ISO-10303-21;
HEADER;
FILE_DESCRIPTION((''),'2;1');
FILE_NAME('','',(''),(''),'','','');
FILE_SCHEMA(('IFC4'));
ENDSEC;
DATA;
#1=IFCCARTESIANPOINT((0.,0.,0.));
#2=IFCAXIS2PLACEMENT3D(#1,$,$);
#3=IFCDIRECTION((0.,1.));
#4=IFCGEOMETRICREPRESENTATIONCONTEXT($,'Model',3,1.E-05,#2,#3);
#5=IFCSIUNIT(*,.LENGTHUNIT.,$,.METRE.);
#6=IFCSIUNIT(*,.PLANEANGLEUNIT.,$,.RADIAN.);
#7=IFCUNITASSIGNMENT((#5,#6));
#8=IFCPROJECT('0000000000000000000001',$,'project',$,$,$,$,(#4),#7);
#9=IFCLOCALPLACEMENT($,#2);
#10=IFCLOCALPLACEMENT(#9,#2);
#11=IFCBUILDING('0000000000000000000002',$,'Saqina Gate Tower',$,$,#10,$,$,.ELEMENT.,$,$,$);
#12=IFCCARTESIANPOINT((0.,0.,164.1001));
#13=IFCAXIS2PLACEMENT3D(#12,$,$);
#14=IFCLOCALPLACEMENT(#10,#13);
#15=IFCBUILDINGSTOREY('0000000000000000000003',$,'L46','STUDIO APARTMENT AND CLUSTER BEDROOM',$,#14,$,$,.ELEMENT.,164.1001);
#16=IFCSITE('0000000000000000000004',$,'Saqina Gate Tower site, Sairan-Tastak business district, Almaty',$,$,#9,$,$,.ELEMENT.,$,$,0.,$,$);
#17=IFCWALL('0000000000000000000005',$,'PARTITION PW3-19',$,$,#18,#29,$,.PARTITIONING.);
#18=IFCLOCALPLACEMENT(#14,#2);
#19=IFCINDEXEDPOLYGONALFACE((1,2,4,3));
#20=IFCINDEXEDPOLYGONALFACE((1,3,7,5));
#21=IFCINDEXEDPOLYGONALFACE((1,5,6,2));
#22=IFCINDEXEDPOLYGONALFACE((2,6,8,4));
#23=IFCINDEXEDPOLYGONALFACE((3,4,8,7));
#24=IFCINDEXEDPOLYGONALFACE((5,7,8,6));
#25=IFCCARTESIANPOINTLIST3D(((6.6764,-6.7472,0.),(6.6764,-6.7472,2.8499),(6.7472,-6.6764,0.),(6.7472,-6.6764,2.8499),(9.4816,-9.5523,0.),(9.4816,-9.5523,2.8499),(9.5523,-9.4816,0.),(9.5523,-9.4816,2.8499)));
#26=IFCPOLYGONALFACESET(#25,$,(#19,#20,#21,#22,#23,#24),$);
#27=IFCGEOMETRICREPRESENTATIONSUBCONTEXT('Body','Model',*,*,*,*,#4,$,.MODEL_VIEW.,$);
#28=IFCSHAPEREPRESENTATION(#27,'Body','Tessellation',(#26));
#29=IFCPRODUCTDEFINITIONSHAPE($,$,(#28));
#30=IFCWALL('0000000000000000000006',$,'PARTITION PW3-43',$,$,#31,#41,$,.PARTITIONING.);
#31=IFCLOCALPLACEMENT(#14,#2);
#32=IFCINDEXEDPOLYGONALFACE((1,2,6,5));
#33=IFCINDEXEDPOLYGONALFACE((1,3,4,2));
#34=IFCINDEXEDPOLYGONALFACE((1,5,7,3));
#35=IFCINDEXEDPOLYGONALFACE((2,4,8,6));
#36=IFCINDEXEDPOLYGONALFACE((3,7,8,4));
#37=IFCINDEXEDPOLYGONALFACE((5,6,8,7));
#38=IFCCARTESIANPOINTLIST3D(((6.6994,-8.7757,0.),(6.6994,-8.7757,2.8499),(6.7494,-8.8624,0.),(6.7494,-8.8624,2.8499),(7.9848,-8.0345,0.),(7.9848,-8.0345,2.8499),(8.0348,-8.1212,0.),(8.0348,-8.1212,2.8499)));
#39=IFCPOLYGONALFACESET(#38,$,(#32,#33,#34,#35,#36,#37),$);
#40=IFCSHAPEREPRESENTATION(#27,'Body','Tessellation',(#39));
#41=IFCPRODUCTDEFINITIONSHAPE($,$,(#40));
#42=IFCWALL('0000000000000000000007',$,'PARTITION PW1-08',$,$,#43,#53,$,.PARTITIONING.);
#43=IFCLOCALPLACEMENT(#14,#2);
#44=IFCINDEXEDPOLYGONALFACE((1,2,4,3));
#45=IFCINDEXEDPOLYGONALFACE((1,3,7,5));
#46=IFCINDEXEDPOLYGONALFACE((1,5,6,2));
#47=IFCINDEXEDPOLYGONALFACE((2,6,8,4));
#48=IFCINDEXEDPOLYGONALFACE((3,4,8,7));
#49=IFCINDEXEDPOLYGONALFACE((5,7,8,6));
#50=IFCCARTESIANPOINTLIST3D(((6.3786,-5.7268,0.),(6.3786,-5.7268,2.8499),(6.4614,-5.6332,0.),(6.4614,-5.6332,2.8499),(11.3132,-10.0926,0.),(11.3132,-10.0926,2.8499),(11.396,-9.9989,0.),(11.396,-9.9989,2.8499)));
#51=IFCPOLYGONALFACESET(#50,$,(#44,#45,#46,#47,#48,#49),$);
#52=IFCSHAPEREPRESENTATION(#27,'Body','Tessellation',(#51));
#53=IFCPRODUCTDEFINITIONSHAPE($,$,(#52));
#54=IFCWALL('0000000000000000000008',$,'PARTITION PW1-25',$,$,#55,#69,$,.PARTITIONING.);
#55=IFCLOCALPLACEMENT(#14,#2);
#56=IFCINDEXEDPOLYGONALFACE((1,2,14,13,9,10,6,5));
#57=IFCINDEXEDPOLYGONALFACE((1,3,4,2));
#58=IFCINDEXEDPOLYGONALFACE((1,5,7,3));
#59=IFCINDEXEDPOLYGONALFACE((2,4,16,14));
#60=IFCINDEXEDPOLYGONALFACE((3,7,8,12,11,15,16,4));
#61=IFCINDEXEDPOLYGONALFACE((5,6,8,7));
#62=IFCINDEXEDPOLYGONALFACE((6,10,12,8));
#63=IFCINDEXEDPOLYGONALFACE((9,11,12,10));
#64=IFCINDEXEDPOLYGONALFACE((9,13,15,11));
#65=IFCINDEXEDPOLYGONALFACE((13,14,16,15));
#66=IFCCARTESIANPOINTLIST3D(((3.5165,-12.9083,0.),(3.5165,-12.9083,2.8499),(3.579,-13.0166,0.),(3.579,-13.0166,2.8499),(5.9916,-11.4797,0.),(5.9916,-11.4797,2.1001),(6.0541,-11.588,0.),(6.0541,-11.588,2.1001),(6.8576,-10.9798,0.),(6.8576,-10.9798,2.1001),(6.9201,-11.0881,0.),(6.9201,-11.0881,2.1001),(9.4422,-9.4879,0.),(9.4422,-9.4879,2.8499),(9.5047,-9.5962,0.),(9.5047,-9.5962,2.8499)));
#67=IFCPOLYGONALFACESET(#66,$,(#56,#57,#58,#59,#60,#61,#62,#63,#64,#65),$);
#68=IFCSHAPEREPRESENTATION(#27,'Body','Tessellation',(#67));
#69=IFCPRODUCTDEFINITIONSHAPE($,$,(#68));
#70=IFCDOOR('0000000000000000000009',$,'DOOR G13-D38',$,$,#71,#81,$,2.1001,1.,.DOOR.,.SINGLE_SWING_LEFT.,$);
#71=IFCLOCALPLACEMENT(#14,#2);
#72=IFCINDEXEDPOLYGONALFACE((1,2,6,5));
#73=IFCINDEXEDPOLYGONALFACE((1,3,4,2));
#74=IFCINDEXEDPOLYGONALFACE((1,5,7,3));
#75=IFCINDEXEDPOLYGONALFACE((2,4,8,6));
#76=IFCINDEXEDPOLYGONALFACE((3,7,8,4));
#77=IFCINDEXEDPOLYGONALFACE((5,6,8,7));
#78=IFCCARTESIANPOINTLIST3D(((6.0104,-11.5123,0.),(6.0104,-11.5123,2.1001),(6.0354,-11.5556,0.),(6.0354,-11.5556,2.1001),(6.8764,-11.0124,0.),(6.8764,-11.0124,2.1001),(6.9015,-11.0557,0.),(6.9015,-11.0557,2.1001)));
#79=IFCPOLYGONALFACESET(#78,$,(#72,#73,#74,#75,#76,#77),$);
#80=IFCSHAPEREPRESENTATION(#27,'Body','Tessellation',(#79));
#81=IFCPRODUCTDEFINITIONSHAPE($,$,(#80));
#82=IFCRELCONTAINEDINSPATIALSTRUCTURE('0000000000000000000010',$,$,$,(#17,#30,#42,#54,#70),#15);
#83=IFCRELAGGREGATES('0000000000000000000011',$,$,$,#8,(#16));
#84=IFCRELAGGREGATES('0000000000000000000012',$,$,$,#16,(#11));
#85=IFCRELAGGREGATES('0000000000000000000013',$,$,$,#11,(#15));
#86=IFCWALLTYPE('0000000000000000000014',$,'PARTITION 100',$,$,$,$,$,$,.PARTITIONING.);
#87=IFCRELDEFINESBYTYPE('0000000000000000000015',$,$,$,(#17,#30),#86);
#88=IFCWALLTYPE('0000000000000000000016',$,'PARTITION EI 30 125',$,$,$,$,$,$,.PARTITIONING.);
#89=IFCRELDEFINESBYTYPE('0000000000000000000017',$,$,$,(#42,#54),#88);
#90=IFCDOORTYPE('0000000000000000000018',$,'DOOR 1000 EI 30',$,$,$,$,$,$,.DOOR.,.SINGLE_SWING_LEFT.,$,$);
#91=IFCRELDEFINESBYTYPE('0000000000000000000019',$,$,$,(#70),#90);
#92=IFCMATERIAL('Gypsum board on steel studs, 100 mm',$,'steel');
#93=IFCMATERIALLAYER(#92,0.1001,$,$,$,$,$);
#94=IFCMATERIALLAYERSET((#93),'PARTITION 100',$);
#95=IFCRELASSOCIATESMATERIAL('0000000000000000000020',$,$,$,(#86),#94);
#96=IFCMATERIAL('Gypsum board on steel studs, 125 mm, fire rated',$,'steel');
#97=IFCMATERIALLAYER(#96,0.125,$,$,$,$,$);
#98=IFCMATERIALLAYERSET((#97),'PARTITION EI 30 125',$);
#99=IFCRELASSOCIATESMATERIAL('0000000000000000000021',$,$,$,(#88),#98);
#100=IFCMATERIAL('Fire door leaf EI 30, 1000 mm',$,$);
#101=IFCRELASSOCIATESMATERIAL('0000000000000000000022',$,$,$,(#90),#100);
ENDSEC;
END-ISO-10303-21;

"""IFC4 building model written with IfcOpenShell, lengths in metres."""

from ifc_helpers import new_model, si_unit, direction, frame, frame_2d, origin, place, context, subcontext, project, spatial, rectangle, extrude, material, layer, layer_set, type_object, element, fill, save


model = new_model("IFC4")

# Units and contexts
model_context = context("Model", 3, precision=1e-05, world=origin(), true_north=direction((0.0, 1.0)))
body_context = subcontext(model_context, "Body", "Model", "MODEL_VIEW")
ifc_project = project(units=[si_unit("LENGTHUNIT", "METRE"), si_unit("PLANEANGLEUNIT", "RADIAN")], contexts=[model_context])

# Site, building, storey
site_placement = place(None, origin())
site = spatial("IfcSite", under=ifc_project, at=site_placement, Name="Saqina Gate Tower site, Sairan-Tastak business district, Almaty", CompositionType="ELEMENT", RefElevation=0.0)
building_placement = place(site_placement, origin())
building = spatial("IfcBuilding", under=site, at=building_placement, Name="Saqina Gate Tower", CompositionType="ELEMENT")
storey_placement = place(building_placement, frame((0.0, 0.0, 164.1001)))
storey = spatial("IfcBuildingStorey", under=building, at=storey_placement, Name="L46", Description="STUDIO APARTMENT AND CLUSTER BEDROOM", CompositionType="ELEMENT", Elevation=164.1001)

# Shared definitions
ifc_material_1 = material(Name="Gypsum board on steel studs, 100 mm", Category="steel")
ifc_layer_1 = layer(ifc_material_1, 0.1001)
ifc_layer_set_1 = layer_set([ifc_layer_1], Name="PARTITION 100")
wall_type_1 = type_object("IfcWallType", Name="PARTITION 100", PredefinedType="PARTITIONING", material=ifc_layer_set_1)

# Walls
wall_1_placement = place(storey_placement, frame((6.7119, -6.7119, 0.0), z_axis=(0.0, 0.0, 1.0), x_axis=(0.707107, -0.707107, 0.0)))
element("IfcWall", 1, at=wall_1_placement, inside=storey, type_object=wall_type_1, Name="PARTITION PW3-19", PredefinedType="PARTITIONING", context=body_context, shape_type="SweptSolid", body=[
    extrude(rectangle(XDim=3.967, YDim=0.1001, at=frame_2d((1.9834, 0.0))), origin(), (0.0, 0.0, 1.0), 2.8499),
])
wall_2_placement = place(storey_placement, frame((6.7244, -8.8191, 0.0), z_axis=(0.0, 0.0, 1.0), x_axis=(0.866292, 0.499537, 0.0)))
element("IfcWall", 2, at=wall_2_placement, inside=storey, type_object=wall_type_1, Name="PARTITION PW3-43", PredefinedType="PARTITIONING", context=body_context, shape_type="SweptSolid", body=[
    extrude(rectangle(XDim=1.4839, YDim=0.1001, at=frame_2d((0.7419, 0.0))), origin(), (0.0, 0.0, 1.0), 2.8499),
])
ifc_material_2 = material(Name="Gypsum board on steel studs, 125 mm, fire rated", Category="steel")
ifc_layer_2 = layer(ifc_material_2, 0.125)
ifc_layer_set_2 = layer_set([ifc_layer_2], Name="PARTITION EI 30 125")
wall_type_2 = type_object("IfcWallType", Name="PARTITION EI 30 125", PredefinedType="PARTITIONING", material=ifc_layer_set_2)
wall_3_placement = place(storey_placement, frame((6.4199, -5.6799, 0.0), z_axis=(0.0, 0.0, 1.0), x_axis=(0.748957, -0.662619, 0.0)))
element("IfcWall", 3, at=wall_3_placement, inside=storey, type_object=wall_type_2, Name="PARTITION PW1-08", PredefinedType="PARTITIONING", context=body_context, shape_type="SweptSolid", body=[
    extrude(rectangle(XDim=6.5886, YDim=0.125, at=frame_2d((3.2944, 0.0))), origin(), (0.0, 0.0, 1.0), 2.8499),
])

# Wall, opening, door
wall_4_placement = place(storey_placement, frame((3.5479, -12.9624, 0.0), z_axis=(0.0, 0.0, 1.0), x_axis=(0.866079, 0.499908, 0.0)))
wall_4 = element("IfcWall", 4, at=wall_4_placement, inside=storey, type_object=wall_type_2, Name="PARTITION PW1-25", PredefinedType="PARTITIONING", context=body_context, shape_type="SweptSolid", body=[
    extrude(rectangle(XDim=6.842, YDim=0.125, at=frame_2d((3.4209, 0.0))), origin(), (0.0, 0.0, 1.0), 2.8499),
])
opening_1_placement = place(wall_4_placement, frame((2.8577, 0.0, 0.0)))
opening_1 = element("IfcOpeningElement", 5, at=opening_1_placement, cuts=wall_4, PredefinedType="OPENING", context=body_context, shape_type="SweptSolid", body=[
    extrude(rectangle(XDim=1.0, YDim=2.1001, at=frame_2d((0.5, 1.05))), frame((0.0, 0.0745, 0.0), z_axis=(0.0, -1.0, 0.0), x_axis=(1.0, 0.0, 0.0)), (0.0, 0.0, 1.0), 0.1489),
])
ifc_material_3 = material(Name="Fire door leaf EI 30, 1000 mm")
door_type_1 = type_object("IfcDoorType", Name="DOOR 1000 EI 30", OperationType="SINGLE_SWING_LEFT", PredefinedType="DOOR", material=ifc_material_3)
door_1_placement = place(opening_1_placement, origin())
door_1 = element("IfcDoor", 6, at=door_1_placement, inside=storey, type_object=door_type_1, Name="DOOR G13-D38", OperationType="SINGLE_SWING_LEFT", OverallHeight=2.1001, OverallWidth=1.0, PredefinedType="DOOR", context=body_context, shape_type="SweptSolid", body=[
    extrude(rectangle(XDim=1.0, YDim=2.1001, at=frame_2d((0.5, 1.05))), frame((0.0, 0.0249, 0.0), z_axis=(0.0, -1.0, 0.0), x_axis=(1.0, 0.0, 0.0)), (0.0, 0.0, 1.0), 0.05),
])
fill(opening_1, door_1)

save(model, "model.ifc")
